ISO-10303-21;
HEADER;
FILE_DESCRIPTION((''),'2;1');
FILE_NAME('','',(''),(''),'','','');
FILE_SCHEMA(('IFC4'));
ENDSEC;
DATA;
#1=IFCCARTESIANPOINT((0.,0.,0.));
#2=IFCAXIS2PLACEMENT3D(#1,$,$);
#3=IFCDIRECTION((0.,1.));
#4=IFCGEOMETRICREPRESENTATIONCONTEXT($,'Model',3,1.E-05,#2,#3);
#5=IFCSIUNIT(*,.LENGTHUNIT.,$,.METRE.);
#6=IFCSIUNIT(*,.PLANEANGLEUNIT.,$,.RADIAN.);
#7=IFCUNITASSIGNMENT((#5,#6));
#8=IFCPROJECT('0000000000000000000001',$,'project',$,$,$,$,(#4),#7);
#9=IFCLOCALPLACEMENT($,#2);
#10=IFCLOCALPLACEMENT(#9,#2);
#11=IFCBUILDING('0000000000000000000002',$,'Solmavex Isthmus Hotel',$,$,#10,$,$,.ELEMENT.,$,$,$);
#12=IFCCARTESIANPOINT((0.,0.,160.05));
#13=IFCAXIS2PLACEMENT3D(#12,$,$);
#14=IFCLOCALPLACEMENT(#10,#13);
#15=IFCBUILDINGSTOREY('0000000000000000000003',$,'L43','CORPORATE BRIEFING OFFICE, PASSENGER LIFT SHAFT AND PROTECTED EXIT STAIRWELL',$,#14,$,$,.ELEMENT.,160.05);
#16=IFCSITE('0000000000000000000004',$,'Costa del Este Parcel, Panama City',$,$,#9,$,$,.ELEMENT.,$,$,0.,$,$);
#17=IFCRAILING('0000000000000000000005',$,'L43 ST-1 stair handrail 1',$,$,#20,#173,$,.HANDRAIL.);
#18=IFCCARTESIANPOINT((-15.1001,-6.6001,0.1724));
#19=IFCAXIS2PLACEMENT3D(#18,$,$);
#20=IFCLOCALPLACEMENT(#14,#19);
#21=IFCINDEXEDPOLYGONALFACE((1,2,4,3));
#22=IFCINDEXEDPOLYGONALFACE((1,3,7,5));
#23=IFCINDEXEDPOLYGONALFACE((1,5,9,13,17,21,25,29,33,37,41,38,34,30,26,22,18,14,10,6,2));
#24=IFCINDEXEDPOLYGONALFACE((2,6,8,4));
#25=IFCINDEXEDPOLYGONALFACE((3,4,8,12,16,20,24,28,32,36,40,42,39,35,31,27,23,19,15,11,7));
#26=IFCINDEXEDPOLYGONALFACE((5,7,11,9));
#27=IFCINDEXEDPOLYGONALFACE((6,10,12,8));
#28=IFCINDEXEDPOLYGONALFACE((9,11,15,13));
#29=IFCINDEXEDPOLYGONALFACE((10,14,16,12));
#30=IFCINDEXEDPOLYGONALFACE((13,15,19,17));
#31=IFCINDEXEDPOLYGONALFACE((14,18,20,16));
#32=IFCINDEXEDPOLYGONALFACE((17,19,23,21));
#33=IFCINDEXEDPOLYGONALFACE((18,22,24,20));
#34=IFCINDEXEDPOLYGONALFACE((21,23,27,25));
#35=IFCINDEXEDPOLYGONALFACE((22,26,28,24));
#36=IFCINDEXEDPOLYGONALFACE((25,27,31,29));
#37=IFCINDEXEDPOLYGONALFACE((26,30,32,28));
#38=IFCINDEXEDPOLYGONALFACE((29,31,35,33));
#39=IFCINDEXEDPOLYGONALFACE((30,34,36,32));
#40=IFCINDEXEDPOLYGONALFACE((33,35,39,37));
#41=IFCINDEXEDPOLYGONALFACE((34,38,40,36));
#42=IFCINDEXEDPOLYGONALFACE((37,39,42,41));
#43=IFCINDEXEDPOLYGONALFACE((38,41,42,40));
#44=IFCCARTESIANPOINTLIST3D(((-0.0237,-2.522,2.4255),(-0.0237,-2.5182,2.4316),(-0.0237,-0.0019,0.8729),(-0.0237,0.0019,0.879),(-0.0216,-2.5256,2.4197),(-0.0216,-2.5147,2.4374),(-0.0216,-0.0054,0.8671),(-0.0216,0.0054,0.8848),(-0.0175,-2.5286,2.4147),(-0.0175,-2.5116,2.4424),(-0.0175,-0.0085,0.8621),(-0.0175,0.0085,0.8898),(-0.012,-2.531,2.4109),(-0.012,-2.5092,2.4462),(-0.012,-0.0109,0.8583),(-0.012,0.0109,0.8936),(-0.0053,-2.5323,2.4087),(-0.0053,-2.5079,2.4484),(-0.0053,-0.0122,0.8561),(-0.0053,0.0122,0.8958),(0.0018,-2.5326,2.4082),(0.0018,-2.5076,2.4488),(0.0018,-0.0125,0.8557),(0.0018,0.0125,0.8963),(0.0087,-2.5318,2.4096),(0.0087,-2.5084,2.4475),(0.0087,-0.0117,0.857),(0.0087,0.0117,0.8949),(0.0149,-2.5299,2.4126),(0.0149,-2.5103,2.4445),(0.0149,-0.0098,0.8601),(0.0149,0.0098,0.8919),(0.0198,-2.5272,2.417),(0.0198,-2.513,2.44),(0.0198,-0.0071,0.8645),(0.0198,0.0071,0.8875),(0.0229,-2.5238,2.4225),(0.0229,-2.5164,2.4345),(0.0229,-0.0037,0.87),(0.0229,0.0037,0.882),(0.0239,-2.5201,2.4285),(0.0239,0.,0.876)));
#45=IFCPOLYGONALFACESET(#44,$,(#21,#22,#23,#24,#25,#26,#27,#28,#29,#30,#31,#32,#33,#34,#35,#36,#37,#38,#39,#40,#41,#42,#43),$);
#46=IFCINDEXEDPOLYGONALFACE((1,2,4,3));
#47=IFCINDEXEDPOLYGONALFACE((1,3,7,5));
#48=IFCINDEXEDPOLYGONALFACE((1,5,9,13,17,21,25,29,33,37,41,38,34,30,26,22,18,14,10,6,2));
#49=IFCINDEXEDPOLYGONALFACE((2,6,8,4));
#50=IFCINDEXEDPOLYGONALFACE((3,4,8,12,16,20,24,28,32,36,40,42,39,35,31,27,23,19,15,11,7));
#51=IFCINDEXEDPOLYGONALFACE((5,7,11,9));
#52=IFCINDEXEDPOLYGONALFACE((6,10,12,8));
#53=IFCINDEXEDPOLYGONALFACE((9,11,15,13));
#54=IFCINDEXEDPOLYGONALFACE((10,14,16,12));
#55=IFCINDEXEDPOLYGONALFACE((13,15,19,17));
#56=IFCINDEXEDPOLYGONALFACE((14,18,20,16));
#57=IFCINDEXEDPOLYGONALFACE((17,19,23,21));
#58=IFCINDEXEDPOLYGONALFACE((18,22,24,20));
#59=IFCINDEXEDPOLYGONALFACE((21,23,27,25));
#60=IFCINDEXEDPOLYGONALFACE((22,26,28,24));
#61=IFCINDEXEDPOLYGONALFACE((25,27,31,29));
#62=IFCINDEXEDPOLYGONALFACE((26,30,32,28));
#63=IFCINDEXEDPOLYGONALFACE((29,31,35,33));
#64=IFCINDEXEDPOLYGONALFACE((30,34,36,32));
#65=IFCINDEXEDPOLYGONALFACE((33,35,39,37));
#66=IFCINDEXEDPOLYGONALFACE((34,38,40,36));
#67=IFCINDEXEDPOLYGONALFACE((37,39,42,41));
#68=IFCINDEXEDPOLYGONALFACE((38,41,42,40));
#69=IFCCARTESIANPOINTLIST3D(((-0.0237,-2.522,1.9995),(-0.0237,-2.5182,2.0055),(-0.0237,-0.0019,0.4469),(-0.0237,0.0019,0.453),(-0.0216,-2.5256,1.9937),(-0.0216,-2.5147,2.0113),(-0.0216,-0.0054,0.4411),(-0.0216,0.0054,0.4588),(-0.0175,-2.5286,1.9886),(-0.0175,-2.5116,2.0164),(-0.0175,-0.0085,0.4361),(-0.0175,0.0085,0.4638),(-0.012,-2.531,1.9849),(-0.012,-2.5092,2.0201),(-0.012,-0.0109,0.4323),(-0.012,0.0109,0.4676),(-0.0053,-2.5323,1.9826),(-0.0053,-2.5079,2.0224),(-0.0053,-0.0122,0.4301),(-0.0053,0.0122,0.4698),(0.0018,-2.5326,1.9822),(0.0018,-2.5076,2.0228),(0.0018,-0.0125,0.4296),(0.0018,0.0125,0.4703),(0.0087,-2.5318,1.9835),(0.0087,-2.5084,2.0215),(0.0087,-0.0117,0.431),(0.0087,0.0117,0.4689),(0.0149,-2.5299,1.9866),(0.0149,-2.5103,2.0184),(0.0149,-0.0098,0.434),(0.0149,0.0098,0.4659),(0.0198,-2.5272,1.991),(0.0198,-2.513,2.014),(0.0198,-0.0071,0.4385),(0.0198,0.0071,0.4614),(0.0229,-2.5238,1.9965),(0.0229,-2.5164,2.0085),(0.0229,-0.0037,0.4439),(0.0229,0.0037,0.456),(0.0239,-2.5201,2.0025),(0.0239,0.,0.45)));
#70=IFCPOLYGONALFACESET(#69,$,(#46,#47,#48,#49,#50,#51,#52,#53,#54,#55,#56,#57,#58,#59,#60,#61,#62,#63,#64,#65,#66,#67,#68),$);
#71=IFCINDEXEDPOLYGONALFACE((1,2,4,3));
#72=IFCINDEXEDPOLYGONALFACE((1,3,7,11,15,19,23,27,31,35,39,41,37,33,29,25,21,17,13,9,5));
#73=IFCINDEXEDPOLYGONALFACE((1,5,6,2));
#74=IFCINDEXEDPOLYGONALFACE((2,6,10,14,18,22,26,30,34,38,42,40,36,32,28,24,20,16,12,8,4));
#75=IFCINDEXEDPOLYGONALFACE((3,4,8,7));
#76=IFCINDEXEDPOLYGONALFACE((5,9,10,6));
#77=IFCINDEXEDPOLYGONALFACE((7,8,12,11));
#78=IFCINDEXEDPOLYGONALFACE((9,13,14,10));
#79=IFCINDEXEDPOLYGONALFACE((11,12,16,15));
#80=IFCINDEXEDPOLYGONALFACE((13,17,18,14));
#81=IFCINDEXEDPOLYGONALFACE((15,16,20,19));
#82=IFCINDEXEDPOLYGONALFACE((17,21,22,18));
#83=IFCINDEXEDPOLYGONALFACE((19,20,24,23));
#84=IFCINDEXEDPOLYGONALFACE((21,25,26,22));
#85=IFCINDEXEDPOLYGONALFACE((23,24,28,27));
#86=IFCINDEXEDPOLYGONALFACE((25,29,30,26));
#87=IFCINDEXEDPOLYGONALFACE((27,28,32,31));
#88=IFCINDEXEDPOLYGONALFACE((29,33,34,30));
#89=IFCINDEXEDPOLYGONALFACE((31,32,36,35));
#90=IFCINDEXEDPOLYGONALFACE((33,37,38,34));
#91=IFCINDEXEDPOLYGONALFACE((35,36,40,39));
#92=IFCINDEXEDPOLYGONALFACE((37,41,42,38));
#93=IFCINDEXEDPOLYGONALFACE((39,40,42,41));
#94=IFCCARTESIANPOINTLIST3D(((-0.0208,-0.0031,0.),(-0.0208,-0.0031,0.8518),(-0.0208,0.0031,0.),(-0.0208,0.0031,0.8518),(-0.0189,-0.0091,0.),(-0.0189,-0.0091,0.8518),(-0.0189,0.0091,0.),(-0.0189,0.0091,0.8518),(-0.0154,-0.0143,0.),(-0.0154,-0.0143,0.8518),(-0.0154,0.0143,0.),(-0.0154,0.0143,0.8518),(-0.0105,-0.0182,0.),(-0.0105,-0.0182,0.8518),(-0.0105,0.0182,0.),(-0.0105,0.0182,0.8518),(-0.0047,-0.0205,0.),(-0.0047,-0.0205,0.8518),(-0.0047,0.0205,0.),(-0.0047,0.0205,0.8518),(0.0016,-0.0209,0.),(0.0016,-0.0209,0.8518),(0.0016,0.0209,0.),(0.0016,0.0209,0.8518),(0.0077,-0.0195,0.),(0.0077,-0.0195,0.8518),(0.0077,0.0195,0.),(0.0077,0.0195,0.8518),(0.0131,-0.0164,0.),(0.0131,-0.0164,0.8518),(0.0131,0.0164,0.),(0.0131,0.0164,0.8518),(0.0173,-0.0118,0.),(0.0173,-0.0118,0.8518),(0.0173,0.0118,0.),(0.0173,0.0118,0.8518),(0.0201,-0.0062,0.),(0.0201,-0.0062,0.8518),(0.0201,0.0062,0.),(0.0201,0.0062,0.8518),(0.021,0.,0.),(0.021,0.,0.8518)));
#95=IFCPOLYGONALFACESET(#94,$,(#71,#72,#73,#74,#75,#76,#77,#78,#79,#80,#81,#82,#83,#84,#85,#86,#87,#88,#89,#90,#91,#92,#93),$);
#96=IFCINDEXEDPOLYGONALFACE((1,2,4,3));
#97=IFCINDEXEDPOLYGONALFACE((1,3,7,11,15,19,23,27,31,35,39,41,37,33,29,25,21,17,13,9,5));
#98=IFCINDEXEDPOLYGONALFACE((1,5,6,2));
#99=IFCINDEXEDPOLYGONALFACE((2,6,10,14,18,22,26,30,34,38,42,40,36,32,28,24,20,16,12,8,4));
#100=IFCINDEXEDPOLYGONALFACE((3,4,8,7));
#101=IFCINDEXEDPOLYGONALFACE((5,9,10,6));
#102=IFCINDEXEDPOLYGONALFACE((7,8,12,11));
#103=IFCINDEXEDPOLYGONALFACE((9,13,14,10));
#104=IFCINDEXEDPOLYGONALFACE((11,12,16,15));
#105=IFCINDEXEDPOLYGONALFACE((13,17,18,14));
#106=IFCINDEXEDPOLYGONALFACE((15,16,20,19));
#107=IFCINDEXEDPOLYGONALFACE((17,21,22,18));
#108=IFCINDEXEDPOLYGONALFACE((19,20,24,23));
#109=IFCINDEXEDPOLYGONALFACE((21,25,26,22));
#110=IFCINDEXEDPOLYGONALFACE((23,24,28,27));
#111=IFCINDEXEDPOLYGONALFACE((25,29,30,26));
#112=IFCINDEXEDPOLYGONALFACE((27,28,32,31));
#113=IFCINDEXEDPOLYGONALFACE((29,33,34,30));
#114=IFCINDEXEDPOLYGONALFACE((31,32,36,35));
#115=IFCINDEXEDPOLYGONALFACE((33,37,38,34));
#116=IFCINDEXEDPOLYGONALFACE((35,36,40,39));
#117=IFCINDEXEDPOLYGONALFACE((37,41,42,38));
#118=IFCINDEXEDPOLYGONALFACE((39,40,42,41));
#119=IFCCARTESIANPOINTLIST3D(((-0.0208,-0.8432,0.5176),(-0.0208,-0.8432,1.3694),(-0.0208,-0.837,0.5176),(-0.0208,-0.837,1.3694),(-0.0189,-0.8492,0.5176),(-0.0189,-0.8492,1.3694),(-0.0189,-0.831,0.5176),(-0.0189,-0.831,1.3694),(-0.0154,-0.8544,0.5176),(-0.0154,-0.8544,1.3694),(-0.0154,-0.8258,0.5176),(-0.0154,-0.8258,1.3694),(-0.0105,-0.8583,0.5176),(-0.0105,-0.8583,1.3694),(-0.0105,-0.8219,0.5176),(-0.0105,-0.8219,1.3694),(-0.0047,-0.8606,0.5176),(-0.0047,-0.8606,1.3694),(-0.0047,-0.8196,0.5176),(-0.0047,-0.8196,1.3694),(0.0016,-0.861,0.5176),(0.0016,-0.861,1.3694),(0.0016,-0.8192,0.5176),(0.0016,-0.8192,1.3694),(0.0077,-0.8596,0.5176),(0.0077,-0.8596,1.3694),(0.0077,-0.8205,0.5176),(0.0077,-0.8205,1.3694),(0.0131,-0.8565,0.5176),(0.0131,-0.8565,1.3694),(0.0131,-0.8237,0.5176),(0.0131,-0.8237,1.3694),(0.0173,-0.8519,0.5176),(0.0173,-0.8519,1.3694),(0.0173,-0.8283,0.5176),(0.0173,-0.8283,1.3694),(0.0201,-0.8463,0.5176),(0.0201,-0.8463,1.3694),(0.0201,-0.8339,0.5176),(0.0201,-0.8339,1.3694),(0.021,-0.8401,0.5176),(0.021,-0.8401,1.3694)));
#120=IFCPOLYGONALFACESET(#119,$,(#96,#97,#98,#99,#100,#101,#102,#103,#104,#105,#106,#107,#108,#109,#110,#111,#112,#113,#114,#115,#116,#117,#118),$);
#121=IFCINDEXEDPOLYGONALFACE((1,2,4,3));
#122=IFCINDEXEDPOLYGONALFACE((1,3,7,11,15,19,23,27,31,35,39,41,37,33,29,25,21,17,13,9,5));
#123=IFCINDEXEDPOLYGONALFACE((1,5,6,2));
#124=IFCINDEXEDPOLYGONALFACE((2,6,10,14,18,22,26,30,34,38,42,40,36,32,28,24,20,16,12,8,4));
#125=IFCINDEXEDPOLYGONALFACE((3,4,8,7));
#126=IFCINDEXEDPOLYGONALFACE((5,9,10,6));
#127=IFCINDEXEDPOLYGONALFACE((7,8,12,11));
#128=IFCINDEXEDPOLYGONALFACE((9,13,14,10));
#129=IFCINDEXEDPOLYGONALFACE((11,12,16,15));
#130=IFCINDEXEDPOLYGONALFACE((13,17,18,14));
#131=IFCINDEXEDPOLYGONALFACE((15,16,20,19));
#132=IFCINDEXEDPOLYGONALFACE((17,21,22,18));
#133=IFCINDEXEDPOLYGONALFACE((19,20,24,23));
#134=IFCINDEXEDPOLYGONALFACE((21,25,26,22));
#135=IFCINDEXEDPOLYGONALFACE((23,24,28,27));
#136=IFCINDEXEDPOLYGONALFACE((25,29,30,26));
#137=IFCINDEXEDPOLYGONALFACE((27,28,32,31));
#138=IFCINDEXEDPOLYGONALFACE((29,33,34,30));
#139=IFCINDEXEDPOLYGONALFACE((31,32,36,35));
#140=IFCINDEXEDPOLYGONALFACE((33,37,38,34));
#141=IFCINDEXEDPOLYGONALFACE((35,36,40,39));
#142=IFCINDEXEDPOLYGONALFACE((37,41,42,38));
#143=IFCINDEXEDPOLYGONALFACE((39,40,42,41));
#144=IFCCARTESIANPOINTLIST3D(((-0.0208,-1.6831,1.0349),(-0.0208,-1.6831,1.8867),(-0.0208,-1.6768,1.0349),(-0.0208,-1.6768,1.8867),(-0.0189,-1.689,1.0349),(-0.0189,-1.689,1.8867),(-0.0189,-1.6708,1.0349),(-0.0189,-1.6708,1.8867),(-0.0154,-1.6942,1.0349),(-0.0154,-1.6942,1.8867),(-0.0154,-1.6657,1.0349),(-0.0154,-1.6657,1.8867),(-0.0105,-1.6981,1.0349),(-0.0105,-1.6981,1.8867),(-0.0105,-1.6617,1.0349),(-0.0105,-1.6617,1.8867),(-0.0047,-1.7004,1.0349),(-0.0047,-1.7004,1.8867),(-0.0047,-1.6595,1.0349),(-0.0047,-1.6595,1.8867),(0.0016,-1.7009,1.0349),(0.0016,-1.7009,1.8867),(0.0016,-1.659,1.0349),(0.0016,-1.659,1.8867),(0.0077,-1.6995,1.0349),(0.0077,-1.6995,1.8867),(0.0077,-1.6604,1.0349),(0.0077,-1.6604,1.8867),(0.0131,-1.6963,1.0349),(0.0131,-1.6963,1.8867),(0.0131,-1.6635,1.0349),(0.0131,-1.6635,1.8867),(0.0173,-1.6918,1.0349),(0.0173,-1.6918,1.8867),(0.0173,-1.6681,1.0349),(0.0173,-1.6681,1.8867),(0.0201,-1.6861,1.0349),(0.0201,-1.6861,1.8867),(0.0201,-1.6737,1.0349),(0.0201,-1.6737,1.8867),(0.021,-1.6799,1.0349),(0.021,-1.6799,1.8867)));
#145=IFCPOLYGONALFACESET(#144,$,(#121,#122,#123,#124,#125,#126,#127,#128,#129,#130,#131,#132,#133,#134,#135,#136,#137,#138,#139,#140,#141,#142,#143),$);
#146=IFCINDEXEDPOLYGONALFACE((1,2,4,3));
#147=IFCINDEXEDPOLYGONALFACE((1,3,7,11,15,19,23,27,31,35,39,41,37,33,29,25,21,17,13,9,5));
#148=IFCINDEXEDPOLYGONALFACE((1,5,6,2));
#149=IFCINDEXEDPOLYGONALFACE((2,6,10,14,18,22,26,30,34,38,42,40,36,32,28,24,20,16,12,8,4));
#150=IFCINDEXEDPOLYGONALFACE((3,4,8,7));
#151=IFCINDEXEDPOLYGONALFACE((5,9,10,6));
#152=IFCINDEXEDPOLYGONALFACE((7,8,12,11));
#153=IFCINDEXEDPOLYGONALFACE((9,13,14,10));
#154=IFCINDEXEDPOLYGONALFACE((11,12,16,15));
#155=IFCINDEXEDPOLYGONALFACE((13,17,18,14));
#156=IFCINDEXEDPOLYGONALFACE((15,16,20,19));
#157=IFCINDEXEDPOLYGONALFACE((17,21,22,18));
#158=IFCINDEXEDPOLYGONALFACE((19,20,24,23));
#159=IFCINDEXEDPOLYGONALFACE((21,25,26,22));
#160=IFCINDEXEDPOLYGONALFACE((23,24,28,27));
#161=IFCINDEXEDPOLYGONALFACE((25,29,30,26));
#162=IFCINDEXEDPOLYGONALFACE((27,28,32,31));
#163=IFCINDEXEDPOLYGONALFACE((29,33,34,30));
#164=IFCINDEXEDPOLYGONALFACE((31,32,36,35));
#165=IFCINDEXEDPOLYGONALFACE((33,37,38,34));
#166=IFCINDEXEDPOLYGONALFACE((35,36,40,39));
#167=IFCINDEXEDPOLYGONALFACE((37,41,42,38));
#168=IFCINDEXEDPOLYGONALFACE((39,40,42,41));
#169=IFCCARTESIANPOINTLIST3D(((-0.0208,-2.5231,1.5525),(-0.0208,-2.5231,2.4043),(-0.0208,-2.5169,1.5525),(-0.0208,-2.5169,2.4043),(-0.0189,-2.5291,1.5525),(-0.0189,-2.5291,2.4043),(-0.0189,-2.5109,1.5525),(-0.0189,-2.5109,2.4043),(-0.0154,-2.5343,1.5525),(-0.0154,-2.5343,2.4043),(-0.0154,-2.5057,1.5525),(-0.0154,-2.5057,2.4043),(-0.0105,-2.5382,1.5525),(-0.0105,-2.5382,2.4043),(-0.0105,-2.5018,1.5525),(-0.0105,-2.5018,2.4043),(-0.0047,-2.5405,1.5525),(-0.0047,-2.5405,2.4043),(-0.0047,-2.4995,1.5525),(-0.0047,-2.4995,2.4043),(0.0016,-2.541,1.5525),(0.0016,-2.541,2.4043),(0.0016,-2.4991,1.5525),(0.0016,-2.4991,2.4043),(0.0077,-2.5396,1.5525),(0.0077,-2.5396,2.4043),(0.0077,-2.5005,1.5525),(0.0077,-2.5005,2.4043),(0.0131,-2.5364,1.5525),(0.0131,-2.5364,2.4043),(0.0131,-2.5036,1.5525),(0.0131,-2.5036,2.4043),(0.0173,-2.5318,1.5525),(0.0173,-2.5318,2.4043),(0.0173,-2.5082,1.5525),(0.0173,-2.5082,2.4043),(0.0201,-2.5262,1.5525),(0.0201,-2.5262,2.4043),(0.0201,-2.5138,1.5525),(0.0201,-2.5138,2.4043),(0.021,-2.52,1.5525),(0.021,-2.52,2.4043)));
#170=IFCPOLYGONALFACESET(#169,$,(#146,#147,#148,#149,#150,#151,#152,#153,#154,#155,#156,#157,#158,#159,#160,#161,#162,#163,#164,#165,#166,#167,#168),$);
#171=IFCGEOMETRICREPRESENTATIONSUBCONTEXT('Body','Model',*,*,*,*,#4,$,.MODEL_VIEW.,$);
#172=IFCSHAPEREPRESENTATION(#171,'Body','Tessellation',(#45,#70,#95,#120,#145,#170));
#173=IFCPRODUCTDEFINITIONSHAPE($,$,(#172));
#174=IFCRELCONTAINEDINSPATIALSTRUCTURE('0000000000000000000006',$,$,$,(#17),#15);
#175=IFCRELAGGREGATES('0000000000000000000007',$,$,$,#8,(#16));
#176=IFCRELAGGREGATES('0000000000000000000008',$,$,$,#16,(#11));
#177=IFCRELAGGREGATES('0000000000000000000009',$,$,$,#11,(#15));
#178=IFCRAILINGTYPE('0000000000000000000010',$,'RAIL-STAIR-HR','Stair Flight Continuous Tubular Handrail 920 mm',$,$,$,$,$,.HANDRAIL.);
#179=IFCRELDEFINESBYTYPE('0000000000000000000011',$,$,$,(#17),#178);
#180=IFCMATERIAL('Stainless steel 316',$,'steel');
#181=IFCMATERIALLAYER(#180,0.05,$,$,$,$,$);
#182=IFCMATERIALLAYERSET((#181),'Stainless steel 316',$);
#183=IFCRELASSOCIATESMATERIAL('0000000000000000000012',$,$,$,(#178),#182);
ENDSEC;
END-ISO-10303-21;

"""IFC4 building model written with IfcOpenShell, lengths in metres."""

from ifc_helpers import new_model, si_unit, direction, frame, origin, origin_2d, place, context, subcontext, project, spatial, circle, extrude, material, layer, layer_set, type_object, element, save


model = new_model("IFC4")

# Units and contexts
model_context = context("Model", 3, precision=1e-05, world=origin(), true_north=direction((0.0, 1.0)))
body_context = subcontext(model_context, "Body", "Model", "MODEL_VIEW")
ifc_project = project(units=[si_unit("LENGTHUNIT", "METRE"), si_unit("PLANEANGLEUNIT", "RADIAN")], contexts=[model_context])

# Site, building, storey
site_placement = place(None, origin())
site = spatial("IfcSite", under=ifc_project, at=site_placement, Name="Costa del Este Parcel, Panama City", CompositionType="ELEMENT", RefElevation=0.0)
building_placement = place(site_placement, origin())
building = spatial("IfcBuilding", under=site, at=building_placement, Name="Solmavex Isthmus Hotel", CompositionType="ELEMENT")
storey_placement = place(building_placement, frame((0.0, 0.0, 160.05)))
storey = spatial("IfcBuildingStorey", under=building, at=storey_placement, Name="L43", Description="CORPORATE BRIEFING OFFICE, PASSENGER LIFT SHAFT AND PROTECTED EXIT STAIRWELL", CompositionType="ELEMENT", Elevation=160.05)

# Railing
ifc_material_1 = material(Name="Stainless steel 316", Category="steel")
ifc_layer_1 = layer(ifc_material_1, 0.05)
ifc_layer_set_1 = layer_set([ifc_layer_1], Name="Stainless steel 316")
railing_type_1 = type_object("IfcRailingType", Name="RAIL-STAIR-HR", Description="Stair Flight Continuous Tubular Handrail 920 mm", PredefinedType="HANDRAIL", material=ifc_layer_set_1)
railing_1_placement = place(storey_placement, frame((-15.1001, -6.6001, 0.1724)))
element("IfcRailing", 1, at=railing_1_placement, inside=storey, type_object=railing_type_1, Name="L43 ST-1 stair handrail 1", PredefinedType="HANDRAIL", context=body_context, shape_type="SweptSolid", body=[
    extrude(circle(Radius=0.0239, at=origin_2d()), frame((0.0, 0.0, 0.876), z_axis=(0.0, -0.8514, 0.524516), x_axis=(1.0, 0.0, 0.0)), (0.0, 0.0, 1.0), 2.96),
    extrude(circle(Radius=0.0239, at=origin_2d()), frame((0.0, 0.0, 0.45), z_axis=(0.0, -0.8514, 0.524516), x_axis=(1.0, 0.0, 0.0)), (0.0, 0.0, 1.0), 2.96),
    extrude(circle(Radius=0.021, at=origin_2d()), origin(), (0.0, 0.0, 1.0), 0.8518),
    extrude(circle(Radius=0.021, at=origin_2d()), frame((0.0, -0.8401, 0.5176)), (0.0, 0.0, 1.0), 0.8518),
    extrude(circle(Radius=0.021, at=origin_2d()), frame((0.0, -1.6799, 1.0349)), (0.0, 0.0, 1.0), 0.8518),
    extrude(circle(Radius=0.021, at=origin_2d()), frame((0.0, -2.52, 1.5525)), (0.0, 0.0, 1.0), 0.8518),
])

save(model, "model.ifc")
